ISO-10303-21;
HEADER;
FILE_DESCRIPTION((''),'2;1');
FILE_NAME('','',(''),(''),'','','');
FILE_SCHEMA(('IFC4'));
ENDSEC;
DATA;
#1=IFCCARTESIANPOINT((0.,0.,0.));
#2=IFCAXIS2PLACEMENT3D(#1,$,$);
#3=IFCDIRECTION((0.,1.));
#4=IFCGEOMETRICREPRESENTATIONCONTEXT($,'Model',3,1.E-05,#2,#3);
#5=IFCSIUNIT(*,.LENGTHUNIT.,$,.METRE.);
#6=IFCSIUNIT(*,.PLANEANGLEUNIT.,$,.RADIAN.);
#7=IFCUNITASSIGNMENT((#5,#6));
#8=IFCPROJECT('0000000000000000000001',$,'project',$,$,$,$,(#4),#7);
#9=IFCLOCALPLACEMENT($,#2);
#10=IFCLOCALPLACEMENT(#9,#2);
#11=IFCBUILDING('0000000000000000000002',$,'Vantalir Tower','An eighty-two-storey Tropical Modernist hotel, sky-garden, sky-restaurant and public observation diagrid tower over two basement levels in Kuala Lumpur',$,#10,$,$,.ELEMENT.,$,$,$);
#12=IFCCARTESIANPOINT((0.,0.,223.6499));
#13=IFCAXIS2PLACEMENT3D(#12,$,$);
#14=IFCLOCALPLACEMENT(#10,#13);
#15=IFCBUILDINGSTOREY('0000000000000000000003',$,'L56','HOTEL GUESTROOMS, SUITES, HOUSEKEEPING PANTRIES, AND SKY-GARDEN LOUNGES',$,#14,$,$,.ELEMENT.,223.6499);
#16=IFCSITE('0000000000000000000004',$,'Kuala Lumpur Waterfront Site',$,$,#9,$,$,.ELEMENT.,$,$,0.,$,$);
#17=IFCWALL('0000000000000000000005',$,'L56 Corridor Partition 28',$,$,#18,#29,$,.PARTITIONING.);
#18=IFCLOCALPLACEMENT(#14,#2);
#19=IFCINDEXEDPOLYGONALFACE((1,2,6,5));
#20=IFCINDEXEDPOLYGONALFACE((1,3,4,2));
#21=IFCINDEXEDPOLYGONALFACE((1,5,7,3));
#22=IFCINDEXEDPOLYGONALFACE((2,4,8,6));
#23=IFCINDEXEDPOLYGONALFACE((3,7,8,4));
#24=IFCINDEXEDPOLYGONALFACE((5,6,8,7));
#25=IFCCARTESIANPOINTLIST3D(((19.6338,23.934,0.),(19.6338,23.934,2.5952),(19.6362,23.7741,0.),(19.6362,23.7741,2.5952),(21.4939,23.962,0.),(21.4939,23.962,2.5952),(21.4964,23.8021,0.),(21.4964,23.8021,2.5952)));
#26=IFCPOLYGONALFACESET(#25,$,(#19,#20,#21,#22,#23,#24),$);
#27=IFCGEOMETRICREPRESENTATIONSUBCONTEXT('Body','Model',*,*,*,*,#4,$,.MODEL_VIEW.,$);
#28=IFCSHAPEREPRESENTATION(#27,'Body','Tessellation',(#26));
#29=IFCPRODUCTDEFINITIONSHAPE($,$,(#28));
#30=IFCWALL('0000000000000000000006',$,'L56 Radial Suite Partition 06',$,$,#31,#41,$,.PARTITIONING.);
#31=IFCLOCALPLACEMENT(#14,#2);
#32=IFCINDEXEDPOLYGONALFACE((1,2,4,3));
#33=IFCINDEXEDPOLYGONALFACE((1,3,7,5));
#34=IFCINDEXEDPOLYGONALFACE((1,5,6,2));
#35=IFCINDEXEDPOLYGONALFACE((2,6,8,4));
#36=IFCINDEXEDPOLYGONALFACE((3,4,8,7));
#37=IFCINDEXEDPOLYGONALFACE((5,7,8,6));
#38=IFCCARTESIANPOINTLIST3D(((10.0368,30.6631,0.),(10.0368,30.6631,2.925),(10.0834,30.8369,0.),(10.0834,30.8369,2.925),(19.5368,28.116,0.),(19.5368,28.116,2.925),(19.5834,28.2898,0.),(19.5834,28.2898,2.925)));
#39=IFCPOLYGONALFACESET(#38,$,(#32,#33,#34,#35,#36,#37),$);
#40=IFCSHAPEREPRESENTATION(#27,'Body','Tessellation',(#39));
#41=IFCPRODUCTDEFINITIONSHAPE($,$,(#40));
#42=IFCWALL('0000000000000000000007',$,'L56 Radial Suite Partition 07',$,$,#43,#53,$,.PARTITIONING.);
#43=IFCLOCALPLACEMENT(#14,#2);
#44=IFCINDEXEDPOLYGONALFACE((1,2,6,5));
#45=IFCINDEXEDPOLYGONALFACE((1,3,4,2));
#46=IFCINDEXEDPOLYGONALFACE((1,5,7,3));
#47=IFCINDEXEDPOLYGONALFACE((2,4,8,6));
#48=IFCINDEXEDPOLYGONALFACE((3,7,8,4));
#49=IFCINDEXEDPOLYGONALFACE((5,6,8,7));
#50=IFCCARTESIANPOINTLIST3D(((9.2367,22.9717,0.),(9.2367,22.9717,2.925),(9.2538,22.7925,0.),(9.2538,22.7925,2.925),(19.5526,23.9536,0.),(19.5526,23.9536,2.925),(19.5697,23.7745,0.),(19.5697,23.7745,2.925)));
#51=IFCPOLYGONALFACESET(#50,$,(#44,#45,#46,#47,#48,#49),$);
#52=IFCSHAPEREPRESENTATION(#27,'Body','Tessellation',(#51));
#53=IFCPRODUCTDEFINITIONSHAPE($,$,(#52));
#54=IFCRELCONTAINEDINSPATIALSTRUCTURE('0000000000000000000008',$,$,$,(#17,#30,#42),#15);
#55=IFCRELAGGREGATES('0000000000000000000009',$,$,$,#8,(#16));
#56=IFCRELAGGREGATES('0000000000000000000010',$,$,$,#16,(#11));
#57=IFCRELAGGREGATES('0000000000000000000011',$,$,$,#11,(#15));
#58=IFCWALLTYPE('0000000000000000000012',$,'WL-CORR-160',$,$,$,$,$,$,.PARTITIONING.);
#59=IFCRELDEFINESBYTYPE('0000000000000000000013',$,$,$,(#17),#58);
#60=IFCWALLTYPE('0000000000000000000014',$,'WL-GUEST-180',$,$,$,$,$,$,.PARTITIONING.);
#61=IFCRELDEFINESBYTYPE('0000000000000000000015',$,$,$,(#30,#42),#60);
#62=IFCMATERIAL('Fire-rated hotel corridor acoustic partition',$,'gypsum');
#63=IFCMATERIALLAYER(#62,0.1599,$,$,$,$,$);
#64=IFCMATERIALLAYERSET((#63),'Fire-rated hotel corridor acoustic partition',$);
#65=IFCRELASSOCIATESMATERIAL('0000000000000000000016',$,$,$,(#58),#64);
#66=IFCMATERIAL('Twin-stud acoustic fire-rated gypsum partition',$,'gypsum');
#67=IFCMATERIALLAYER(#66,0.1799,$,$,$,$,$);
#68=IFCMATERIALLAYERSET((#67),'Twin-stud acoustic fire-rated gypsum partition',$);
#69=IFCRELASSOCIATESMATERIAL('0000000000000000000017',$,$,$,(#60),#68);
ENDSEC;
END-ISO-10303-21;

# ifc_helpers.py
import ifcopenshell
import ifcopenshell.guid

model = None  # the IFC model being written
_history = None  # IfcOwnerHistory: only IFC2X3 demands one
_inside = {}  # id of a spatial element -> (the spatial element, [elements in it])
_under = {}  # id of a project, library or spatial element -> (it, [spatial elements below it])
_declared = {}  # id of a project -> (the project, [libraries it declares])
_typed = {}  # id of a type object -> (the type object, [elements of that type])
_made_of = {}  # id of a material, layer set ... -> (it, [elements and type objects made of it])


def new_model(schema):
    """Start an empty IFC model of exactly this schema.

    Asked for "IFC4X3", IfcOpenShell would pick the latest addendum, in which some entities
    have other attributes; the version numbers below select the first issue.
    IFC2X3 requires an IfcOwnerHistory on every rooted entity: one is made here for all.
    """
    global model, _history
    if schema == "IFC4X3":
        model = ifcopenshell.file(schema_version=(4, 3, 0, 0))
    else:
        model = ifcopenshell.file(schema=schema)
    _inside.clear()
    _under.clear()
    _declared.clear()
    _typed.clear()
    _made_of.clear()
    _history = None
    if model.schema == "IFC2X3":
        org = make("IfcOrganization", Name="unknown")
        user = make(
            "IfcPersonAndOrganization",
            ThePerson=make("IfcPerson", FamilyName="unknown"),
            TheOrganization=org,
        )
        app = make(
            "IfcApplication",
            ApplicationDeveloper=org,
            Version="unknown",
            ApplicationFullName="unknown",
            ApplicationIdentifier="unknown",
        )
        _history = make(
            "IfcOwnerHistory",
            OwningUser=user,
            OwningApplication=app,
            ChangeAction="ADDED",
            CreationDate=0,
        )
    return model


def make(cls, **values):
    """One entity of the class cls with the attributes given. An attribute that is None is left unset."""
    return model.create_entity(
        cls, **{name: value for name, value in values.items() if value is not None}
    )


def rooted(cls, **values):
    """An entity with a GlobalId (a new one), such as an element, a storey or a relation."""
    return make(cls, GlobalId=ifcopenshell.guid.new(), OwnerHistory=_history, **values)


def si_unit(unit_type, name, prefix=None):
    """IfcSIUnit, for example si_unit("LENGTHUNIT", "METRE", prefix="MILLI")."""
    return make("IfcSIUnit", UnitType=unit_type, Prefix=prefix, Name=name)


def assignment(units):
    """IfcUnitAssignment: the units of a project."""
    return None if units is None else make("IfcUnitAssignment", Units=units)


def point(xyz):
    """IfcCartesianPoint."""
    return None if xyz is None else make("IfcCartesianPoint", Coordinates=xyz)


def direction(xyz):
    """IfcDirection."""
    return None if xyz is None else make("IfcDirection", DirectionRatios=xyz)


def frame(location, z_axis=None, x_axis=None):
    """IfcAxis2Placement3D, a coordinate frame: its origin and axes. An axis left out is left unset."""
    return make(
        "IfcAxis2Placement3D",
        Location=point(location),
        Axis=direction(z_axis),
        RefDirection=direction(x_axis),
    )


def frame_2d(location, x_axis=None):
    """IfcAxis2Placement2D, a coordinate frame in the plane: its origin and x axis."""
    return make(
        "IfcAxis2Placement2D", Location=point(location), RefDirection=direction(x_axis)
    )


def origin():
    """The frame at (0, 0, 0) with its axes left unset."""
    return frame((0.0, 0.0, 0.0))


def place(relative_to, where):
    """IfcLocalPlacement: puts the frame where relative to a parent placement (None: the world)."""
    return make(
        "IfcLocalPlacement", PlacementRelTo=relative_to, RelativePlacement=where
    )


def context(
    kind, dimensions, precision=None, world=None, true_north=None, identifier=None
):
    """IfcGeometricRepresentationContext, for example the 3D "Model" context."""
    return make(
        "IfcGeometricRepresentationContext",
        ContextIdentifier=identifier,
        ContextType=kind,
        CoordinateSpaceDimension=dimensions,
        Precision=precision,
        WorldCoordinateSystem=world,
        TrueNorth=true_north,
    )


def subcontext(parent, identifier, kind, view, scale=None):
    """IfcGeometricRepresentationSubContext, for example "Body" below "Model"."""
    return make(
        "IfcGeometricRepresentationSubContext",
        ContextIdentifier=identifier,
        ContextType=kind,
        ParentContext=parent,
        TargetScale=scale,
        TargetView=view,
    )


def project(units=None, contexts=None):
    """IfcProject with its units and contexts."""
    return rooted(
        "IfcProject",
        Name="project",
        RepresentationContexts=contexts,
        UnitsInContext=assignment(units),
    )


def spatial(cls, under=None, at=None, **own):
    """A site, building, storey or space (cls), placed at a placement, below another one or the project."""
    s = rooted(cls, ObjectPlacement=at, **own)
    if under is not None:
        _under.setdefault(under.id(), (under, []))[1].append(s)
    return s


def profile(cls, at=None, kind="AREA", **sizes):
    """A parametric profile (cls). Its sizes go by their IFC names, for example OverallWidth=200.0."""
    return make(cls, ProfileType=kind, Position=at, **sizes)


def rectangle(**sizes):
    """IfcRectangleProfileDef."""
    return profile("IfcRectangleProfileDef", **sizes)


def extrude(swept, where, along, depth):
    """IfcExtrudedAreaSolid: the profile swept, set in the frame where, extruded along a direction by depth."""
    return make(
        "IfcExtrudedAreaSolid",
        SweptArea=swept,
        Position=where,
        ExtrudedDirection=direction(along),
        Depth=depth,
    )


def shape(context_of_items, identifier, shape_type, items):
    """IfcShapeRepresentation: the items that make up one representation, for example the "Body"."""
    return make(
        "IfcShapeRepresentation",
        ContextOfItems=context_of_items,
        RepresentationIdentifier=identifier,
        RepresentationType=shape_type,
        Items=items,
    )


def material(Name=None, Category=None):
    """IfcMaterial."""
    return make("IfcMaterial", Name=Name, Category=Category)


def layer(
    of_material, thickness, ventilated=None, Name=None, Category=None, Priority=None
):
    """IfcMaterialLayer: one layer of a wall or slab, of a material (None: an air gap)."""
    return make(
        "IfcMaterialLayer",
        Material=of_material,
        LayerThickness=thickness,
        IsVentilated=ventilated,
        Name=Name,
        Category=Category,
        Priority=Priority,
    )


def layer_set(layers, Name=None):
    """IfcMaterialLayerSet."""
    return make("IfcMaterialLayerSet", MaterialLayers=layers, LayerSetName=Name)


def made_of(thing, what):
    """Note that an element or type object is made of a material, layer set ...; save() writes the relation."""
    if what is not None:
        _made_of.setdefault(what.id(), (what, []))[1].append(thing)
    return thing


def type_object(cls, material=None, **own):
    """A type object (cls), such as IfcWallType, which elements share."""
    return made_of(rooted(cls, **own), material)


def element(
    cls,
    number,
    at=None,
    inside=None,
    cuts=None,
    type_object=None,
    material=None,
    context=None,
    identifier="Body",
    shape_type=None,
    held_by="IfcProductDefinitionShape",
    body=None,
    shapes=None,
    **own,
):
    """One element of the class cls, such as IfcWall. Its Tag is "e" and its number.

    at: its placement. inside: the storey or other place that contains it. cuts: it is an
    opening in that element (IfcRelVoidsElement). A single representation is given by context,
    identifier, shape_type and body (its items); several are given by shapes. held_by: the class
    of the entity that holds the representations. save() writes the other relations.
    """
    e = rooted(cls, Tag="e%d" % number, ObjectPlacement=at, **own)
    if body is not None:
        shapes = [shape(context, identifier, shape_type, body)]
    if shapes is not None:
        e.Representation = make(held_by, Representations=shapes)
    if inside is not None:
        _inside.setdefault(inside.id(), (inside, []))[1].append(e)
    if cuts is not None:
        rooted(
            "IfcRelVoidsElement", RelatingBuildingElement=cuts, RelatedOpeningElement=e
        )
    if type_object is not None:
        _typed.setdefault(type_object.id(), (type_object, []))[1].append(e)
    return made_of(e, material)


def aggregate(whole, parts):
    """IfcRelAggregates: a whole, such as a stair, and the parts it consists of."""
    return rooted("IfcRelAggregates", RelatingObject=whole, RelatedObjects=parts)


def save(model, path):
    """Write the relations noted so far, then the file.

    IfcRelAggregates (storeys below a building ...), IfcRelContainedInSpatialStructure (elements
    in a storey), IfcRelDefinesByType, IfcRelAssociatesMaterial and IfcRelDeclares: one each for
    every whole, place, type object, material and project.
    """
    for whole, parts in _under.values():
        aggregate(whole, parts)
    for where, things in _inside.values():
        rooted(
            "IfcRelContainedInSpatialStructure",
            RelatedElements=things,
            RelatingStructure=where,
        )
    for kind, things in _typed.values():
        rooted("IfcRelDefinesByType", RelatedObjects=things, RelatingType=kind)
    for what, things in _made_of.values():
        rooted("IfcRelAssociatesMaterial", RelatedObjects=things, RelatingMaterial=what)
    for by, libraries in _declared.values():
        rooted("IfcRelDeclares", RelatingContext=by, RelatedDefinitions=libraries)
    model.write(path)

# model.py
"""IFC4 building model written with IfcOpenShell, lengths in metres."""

from ifc_helpers import new_model, si_unit, direction, frame, frame_2d, origin, place, context, subcontext, project, spatial, rectangle, extrude, material, layer, layer_set, type_object, element, save


model = new_model("IFC4")

# Units and contexts
model_context = context("Model", 3, precision=1e-05, world=origin(), true_north=direction((0.0, 1.0)))
body_context = subcontext(model_context, "Body", "Model", "MODEL_VIEW")
ifc_project = project(units=[si_unit("LENGTHUNIT", "METRE"), si_unit("PLANEANGLEUNIT", "RADIAN")], contexts=[model_context])

# Site, building, storey
site_placement = place(None, origin())
site = spatial("IfcSite", under=ifc_project, at=site_placement, Name="Kuala Lumpur Waterfront Site", CompositionType="ELEMENT", RefElevation=0.0)
building_placement = place(site_placement, origin())
building = spatial("IfcBuilding", under=site, at=building_placement, Name="Vantalir Tower", Description="An eighty-two-storey Tropical Modernist hotel, sky-garden, sky-restaurant and public observation diagrid tower over two basement levels in Kuala Lumpur", CompositionType="ELEMENT")
storey_placement = place(building_placement, frame((0.0, 0.0, 223.6499)))
storey = spatial("IfcBuildingStorey", under=building, at=storey_placement, Name="L56", Description="HOTEL GUESTROOMS, SUITES, HOUSEKEEPING PANTRIES, AND SKY-GARDEN LOUNGES", CompositionType="ELEMENT", Elevation=223.6499)

# Shared definitions
ifc_material_1 = material(Name="Fire-rated hotel corridor acoustic partition", Category="gypsum")
ifc_layer_1 = layer(ifc_material_1, 0.1599)
ifc_layer_set_1 = layer_set([ifc_layer_1], Name="Fire-rated hotel corridor acoustic partition")
wall_type_1 = type_object("IfcWallType", Name="WL-CORR-160", PredefinedType="PARTITIONING", material=ifc_layer_set_1)

# Walls
wall_1_placement = place(storey_placement, frame((19.635, 23.854, 0.0), z_axis=(0.0, 0.0, 1.0), x_axis=(0.999886, 0.015092, 0.0)))
element("IfcWall", 1, at=wall_1_placement, inside=storey, type_object=wall_type_1, Name="L56 Corridor Partition 28", PredefinedType="PARTITIONING", context=body_context, shape_type="SweptSolid", body=[
    extrude(rectangle(XDim=1.8604, YDim=0.1599, at=frame_2d((0.9302, 0.0))), origin(), (0.0, 0.0, 1.0), 2.5952),
])
ifc_material_2 = material(Name="Twin-stud acoustic fire-rated gypsum partition", Category="gypsum")
ifc_layer_2 = layer(ifc_material_2, 0.1799)
ifc_layer_set_2 = layer_set([ifc_layer_2], Name="Twin-stud acoustic fire-rated gypsum partition")
wall_type_2 = type_object("IfcWallType", Name="WL-GUEST-180", PredefinedType="PARTITIONING", material=ifc_layer_set_2)
wall_2_placement = place(storey_placement, frame((19.5601, 28.2029, 0.0), z_axis=(0.0, 0.0, 1.0), x_axis=(-0.965885, 0.258971, 0.0)))
element("IfcWall", 2, at=wall_2_placement, inside=storey, type_object=wall_type_2, Name="L56 Radial Suite Partition 06", PredefinedType="PARTITIONING", context=body_context, shape_type="SweptSolid", body=[
    extrude(rectangle(XDim=9.8354, YDim=0.1799, at=frame_2d((4.9177, 0.0))), origin(), (0.0, 0.0, 1.0), 2.925),
])
wall_3_placement = place(storey_placement, frame((19.561, 23.864, 0.0), z_axis=(0.0, 0.0, 1.0), x_axis=(-0.9955, -0.094758, 0.0)))
element("IfcWall", 3, at=wall_3_placement, inside=storey, type_object=wall_type_2, Name="L56 Radial Suite Partition 07", PredefinedType="PARTITIONING", context=body_context, shape_type="SweptSolid", body=[
    extrude(rectangle(XDim=10.3625, YDim=0.1799, at=frame_2d((5.1812, 0.0))), origin(), (0.0, 0.0, 1.0), 2.925),
])

save(model, "model.ifc")
